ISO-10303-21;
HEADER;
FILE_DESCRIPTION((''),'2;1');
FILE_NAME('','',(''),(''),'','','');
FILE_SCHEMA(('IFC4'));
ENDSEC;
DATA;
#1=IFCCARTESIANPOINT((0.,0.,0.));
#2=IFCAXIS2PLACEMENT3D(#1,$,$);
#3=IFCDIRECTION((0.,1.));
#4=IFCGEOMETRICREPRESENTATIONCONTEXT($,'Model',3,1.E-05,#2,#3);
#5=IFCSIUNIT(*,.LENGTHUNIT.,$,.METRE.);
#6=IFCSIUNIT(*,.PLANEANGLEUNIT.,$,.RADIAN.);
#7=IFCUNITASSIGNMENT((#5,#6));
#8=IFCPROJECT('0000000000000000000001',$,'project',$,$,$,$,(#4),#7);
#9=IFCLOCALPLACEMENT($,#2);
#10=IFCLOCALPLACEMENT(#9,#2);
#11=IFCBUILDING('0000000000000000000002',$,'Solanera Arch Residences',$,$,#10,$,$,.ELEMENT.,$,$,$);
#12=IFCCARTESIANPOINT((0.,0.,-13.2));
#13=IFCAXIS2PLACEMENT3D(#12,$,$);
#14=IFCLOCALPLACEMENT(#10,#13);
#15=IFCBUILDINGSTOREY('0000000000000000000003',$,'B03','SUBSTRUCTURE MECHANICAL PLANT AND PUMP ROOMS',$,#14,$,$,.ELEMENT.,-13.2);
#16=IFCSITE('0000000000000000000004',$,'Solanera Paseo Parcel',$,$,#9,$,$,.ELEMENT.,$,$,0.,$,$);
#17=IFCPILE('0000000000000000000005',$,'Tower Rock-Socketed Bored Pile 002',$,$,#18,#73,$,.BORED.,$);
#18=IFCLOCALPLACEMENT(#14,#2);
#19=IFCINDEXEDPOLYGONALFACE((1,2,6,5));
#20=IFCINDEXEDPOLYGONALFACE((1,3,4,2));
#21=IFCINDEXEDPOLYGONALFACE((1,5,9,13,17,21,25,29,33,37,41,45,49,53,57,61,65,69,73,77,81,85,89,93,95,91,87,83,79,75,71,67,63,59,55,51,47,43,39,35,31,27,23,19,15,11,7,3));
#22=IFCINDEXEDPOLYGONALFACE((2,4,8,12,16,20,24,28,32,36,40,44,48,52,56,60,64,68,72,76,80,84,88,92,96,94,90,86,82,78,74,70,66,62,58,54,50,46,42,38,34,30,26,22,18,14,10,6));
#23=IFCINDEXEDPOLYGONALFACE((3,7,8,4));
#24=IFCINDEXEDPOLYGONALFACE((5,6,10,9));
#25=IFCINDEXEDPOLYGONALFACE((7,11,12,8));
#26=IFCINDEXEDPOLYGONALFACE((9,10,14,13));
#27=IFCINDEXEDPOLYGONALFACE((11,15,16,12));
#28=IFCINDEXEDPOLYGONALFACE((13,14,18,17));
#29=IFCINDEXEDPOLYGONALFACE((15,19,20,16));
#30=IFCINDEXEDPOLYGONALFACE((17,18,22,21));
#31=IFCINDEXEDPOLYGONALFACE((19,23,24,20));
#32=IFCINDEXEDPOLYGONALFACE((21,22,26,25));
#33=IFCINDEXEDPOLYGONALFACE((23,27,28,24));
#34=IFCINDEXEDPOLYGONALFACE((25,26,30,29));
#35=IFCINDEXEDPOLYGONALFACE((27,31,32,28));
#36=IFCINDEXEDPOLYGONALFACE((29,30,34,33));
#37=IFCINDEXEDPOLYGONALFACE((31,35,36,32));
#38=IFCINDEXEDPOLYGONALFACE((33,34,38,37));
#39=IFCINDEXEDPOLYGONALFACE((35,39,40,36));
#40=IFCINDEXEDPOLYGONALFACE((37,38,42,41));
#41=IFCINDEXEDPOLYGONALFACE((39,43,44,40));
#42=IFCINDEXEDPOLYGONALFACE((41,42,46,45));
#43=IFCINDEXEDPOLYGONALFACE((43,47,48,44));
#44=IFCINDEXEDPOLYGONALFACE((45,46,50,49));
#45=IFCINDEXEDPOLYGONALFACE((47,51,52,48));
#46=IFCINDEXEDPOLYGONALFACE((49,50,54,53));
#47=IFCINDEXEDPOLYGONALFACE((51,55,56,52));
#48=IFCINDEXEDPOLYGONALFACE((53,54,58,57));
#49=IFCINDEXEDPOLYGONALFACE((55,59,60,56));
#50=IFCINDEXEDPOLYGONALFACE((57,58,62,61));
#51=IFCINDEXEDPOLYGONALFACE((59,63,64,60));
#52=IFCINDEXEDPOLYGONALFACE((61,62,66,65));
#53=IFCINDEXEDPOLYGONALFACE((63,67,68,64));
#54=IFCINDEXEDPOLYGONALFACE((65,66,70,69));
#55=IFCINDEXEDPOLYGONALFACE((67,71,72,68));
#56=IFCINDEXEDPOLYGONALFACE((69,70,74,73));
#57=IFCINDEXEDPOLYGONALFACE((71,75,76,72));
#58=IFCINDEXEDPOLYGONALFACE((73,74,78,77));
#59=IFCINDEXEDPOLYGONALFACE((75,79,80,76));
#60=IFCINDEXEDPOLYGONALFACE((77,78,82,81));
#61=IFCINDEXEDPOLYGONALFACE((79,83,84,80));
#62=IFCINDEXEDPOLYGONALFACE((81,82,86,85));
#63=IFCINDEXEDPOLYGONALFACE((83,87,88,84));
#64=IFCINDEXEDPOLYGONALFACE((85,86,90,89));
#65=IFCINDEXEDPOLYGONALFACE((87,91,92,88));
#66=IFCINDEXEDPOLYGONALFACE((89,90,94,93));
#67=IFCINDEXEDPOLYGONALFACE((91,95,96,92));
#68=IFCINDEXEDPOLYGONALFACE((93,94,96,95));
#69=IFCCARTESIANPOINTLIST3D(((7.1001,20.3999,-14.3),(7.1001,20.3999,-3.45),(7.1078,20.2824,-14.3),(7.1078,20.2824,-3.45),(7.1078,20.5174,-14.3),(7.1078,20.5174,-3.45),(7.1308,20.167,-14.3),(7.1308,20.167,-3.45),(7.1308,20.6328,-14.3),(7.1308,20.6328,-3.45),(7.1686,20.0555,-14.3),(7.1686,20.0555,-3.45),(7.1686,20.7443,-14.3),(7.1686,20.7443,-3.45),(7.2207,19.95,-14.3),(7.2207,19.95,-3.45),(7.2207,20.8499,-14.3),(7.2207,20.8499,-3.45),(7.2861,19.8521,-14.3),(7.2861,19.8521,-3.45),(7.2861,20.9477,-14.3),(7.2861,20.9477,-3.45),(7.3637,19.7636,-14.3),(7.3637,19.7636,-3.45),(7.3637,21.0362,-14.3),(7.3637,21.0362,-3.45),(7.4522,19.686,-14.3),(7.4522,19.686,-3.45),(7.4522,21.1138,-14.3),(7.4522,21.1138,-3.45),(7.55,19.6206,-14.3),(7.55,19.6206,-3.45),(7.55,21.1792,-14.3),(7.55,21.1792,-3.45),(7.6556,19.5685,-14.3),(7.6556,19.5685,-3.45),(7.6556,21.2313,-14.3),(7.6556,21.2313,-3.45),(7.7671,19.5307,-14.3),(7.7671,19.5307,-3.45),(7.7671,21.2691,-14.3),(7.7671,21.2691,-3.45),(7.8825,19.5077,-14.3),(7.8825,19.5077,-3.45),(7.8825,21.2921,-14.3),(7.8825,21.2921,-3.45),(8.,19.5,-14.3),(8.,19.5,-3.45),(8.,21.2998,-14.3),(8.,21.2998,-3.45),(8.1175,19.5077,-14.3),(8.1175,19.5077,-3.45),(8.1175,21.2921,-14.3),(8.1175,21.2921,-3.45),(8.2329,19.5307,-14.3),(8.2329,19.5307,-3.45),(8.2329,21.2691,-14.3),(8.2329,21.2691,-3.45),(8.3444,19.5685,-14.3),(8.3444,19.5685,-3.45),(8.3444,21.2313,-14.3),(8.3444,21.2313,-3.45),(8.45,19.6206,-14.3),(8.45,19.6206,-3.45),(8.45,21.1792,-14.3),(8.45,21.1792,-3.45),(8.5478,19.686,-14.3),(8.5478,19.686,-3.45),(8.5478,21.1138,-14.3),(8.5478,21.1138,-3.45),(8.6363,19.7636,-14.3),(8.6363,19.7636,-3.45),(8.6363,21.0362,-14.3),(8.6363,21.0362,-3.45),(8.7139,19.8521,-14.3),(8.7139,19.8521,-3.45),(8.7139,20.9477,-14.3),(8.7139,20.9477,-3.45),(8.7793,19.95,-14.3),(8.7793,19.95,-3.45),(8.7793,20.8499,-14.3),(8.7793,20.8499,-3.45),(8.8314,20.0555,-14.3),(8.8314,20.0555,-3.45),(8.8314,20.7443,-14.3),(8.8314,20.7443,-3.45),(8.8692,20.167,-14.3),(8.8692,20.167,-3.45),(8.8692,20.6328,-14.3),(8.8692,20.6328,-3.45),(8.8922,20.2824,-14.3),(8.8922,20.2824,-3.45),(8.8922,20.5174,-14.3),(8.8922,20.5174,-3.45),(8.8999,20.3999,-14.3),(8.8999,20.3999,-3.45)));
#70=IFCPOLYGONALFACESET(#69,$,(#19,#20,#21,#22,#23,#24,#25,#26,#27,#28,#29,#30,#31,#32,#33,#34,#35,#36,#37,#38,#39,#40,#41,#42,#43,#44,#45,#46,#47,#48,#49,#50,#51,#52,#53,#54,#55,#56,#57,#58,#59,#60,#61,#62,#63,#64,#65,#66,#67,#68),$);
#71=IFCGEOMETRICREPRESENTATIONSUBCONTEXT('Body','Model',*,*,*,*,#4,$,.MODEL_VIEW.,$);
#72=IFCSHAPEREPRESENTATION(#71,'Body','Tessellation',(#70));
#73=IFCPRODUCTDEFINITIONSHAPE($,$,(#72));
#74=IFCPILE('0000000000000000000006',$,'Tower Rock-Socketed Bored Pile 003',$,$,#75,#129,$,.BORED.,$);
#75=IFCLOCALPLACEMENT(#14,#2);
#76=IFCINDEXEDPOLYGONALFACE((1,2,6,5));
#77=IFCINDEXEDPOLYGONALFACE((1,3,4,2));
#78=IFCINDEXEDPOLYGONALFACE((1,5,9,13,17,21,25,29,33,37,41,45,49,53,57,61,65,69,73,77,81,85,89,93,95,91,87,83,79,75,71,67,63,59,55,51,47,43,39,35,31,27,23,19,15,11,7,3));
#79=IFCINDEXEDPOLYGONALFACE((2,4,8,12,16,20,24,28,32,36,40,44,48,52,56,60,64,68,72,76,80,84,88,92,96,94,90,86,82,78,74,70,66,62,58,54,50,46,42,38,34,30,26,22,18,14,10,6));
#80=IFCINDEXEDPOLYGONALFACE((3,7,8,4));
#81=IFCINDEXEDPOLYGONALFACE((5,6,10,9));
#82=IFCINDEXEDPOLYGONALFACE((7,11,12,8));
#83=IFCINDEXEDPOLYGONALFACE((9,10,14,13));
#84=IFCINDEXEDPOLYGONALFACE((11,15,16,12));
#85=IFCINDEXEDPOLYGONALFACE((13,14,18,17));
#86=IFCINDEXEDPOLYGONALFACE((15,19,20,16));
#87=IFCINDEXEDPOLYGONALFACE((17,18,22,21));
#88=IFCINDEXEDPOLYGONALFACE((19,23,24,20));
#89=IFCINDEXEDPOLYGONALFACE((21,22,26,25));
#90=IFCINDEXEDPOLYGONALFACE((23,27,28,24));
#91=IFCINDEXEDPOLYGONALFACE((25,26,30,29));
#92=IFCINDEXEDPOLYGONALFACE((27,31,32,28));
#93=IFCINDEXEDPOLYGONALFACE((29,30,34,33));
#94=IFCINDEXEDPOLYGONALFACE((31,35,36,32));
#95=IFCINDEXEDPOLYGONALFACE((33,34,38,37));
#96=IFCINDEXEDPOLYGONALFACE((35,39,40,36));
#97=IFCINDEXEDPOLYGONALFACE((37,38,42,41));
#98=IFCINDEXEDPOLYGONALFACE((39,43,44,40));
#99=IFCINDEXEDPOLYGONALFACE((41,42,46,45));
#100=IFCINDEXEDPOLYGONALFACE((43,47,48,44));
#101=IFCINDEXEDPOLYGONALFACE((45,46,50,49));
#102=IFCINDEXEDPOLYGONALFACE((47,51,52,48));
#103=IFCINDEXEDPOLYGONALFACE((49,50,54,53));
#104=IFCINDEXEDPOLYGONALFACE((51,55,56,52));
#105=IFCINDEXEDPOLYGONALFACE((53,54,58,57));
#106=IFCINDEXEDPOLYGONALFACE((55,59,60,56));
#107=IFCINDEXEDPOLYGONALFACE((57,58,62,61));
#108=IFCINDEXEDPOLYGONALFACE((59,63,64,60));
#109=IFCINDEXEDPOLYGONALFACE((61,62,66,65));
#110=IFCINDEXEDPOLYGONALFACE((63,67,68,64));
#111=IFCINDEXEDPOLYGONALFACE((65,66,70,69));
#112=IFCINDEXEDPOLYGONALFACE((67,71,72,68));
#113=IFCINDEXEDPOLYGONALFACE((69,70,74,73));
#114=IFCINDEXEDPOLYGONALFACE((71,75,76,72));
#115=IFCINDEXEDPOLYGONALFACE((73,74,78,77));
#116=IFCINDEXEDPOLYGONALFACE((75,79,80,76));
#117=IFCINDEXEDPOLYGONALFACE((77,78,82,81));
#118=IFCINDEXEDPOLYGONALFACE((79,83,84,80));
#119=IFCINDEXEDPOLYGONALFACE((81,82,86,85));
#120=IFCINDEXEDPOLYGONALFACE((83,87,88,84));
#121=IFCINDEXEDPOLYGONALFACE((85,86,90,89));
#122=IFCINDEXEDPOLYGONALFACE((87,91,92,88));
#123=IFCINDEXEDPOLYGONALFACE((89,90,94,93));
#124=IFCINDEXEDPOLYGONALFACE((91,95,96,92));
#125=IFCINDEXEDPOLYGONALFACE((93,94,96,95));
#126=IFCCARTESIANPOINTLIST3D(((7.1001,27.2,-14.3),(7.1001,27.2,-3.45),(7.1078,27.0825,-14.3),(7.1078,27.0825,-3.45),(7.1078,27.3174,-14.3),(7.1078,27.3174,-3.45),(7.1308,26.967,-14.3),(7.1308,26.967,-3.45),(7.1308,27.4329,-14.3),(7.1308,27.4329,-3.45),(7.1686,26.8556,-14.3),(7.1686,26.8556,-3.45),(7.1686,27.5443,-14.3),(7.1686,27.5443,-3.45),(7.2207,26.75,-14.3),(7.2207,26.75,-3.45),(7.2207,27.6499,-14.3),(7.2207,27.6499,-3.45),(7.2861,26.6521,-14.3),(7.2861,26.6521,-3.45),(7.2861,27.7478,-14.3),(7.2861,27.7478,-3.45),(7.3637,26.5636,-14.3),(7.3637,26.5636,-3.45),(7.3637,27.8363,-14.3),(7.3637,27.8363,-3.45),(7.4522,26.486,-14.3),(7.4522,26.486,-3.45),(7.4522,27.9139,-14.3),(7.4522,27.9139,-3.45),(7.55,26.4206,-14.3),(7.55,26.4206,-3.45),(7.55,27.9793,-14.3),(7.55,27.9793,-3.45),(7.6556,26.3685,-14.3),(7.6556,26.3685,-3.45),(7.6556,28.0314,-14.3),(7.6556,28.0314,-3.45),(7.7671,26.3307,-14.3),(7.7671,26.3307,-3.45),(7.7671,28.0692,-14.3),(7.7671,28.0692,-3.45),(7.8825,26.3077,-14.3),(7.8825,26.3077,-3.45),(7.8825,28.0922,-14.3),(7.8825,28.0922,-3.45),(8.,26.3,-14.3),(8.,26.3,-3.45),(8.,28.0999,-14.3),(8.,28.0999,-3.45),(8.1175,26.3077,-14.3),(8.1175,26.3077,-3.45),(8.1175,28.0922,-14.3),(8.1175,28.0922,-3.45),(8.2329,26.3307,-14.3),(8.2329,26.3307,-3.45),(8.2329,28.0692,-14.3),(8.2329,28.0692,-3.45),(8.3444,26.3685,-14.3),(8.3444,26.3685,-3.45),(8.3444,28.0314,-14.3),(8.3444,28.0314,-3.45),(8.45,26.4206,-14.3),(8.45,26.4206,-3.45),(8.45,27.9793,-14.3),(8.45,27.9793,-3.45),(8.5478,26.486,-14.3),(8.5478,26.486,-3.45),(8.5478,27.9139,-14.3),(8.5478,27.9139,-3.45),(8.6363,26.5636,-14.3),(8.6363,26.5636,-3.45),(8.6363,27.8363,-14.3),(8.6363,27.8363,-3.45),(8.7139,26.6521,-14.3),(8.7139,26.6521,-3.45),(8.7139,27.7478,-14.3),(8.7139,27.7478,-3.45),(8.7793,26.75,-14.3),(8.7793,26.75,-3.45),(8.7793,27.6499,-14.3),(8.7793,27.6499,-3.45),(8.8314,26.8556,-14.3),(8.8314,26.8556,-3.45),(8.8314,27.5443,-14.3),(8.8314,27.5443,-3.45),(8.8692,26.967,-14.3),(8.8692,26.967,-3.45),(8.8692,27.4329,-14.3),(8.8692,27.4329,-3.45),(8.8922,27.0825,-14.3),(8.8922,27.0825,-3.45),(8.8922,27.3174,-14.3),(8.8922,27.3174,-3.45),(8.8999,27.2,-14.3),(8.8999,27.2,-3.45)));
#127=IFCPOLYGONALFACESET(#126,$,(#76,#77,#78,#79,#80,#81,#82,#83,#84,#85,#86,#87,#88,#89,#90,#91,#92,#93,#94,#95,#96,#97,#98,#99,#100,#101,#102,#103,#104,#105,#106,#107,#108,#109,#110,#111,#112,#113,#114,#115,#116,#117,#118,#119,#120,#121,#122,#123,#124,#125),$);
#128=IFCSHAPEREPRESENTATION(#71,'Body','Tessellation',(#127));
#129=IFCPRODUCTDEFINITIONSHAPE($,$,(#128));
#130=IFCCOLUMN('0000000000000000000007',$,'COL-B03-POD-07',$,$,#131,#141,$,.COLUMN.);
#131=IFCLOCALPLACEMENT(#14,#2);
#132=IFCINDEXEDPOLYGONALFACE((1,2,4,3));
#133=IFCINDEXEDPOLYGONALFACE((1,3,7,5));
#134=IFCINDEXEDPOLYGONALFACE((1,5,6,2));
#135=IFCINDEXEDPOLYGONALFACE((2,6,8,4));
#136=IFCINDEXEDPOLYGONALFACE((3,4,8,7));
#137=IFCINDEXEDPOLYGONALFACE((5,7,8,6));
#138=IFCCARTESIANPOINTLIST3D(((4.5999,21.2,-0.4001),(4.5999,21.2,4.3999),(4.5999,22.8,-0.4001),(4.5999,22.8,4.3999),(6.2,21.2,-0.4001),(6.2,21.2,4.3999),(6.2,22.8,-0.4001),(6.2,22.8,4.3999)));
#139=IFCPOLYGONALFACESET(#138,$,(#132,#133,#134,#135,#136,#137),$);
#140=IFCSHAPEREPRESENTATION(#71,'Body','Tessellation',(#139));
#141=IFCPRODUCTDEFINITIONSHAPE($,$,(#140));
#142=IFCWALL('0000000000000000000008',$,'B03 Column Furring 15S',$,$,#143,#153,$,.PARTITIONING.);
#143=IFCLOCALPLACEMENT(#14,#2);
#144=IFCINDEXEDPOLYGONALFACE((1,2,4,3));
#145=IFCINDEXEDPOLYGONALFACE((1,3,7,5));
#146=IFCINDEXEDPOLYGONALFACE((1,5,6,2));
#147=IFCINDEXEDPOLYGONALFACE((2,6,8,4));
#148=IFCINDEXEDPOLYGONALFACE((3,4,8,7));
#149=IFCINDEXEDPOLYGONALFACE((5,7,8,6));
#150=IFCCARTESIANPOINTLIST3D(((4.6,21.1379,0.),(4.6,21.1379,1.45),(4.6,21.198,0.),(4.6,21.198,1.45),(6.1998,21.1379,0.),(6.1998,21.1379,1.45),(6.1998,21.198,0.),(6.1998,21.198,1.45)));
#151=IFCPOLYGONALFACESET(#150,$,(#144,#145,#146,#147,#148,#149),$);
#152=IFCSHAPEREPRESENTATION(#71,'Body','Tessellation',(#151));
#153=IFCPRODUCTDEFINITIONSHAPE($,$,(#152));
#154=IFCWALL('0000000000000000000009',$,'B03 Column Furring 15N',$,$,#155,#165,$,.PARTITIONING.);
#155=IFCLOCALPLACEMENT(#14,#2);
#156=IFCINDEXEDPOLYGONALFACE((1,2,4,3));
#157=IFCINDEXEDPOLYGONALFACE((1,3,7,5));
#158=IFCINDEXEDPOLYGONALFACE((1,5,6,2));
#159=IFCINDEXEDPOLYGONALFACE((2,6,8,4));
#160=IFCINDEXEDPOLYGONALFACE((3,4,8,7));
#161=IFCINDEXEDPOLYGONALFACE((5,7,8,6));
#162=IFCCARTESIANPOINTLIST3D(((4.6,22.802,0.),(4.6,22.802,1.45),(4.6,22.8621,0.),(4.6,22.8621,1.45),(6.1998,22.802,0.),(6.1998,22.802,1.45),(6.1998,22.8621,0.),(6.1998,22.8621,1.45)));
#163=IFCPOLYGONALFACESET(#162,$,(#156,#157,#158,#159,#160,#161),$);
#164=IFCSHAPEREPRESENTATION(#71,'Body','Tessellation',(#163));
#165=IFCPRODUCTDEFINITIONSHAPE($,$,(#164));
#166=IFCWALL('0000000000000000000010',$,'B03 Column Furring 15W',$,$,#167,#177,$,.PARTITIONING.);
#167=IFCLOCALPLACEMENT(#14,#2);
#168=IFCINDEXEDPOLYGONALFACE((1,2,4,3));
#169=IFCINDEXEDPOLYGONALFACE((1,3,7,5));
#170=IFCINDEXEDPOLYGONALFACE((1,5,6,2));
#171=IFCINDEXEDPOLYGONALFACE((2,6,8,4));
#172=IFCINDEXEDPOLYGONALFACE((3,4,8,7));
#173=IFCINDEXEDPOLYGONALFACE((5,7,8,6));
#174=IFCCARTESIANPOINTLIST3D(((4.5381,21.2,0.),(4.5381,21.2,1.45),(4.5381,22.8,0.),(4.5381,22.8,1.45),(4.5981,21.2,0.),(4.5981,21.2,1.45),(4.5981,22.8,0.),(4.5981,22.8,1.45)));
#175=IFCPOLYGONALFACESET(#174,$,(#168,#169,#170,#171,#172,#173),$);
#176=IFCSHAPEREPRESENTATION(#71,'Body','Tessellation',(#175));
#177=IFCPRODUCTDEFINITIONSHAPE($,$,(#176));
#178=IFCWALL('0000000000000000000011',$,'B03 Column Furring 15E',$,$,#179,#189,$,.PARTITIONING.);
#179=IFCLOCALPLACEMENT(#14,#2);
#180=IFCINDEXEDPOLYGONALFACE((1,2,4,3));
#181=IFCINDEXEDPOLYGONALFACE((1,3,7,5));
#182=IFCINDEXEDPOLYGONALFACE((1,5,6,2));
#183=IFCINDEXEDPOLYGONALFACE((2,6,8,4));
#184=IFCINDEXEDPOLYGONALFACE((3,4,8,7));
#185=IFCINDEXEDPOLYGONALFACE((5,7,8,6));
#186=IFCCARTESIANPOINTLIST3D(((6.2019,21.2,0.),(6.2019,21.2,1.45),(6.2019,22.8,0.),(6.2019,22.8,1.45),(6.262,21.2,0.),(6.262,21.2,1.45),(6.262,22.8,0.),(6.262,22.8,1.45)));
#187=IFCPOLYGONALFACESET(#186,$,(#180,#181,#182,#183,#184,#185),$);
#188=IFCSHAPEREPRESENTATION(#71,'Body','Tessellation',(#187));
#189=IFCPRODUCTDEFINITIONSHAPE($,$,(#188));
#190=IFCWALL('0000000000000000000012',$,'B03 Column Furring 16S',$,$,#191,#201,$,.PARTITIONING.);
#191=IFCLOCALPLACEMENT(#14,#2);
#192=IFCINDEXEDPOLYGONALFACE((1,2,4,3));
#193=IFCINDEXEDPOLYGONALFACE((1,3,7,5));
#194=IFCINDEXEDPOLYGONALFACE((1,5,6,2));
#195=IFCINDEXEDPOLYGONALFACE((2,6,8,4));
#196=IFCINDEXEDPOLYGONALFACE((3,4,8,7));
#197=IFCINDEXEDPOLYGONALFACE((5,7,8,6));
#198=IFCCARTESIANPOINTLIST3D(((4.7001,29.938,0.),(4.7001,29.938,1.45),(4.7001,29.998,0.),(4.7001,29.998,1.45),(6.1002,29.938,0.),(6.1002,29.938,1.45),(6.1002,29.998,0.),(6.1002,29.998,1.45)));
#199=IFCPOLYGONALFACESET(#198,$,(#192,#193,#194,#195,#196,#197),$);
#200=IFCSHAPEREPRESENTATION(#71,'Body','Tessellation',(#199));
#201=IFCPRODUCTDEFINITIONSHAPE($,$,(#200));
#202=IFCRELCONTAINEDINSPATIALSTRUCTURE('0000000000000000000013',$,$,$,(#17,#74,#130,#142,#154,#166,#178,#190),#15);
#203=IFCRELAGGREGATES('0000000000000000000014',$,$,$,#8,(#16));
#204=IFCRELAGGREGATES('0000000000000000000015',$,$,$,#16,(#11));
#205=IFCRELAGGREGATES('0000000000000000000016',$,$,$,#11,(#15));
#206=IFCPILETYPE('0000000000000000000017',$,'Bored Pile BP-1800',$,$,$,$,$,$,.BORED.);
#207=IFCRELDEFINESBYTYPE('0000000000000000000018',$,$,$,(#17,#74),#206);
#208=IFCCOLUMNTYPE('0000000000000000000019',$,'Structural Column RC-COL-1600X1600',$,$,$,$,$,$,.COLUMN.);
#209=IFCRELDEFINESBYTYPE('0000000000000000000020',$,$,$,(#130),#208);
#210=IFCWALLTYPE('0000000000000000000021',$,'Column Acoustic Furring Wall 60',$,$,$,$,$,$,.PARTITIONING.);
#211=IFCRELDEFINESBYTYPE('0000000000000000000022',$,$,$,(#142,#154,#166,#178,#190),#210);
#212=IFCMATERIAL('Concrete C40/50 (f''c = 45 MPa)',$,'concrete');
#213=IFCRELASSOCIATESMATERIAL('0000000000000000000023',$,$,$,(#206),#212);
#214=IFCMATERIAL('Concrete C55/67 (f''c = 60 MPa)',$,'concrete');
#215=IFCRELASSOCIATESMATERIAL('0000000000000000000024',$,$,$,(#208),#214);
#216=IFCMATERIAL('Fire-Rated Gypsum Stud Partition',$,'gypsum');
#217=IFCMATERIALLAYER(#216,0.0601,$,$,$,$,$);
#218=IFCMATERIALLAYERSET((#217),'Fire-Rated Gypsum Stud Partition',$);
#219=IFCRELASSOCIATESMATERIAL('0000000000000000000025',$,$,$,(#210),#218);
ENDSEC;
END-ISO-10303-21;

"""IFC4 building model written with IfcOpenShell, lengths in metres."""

from ifc_helpers import new_model, si_unit, direction, frame, frame_2d, origin, origin_2d, place, context, subcontext, project, spatial, rectangle, circle, extrude, material, layer, layer_set, material_profile, profile_set, type_object, element, save


model = new_model("IFC4")

# Units and contexts
model_context = context("Model", 3, precision=1e-05, world=origin(), true_north=direction((0.0, 1.0)))
body_context = subcontext(model_context, "Body", "Model", "MODEL_VIEW")
ifc_project = project(units=[si_unit("LENGTHUNIT", "METRE"), si_unit("PLANEANGLEUNIT", "RADIAN")], contexts=[model_context])

# Site, building, storey
site_placement = place(None, origin())
site = spatial("IfcSite", under=ifc_project, at=site_placement, Name="Solanera Paseo Parcel", CompositionType="ELEMENT", RefElevation=0.0)
building_placement = place(site_placement, origin())
building = spatial("IfcBuilding", under=site, at=building_placement, Name="Solanera Arch Residences", CompositionType="ELEMENT")
storey_placement = place(building_placement, frame((0.0, 0.0, -13.2)))
storey = spatial("IfcBuildingStorey", under=building, at=storey_placement, Name="B03", Description="SUBSTRUCTURE MECHANICAL PLANT AND PUMP ROOMS", CompositionType="ELEMENT", Elevation=-13.2)

# Piles
ifc_material_1 = material(Name="Concrete C40/50 (f'c = 45 MPa)", Category="concrete")
ifc_material_profile_1 = material_profile(ifc_material_1, circle(Radius=0.8999, at=origin_2d()))
ifc_profile_set_1 = profile_set([ifc_material_profile_1], Name="Concrete C40/50 (f'c = 45 MPa)")
pile_type = type_object("IfcPileType", Name="Bored Pile BP-1800", PredefinedType="BORED", material=ifc_profile_set_1)
for number, where, z_axis, x_axis, name in (
    (1, (8.0, 20.3999, -3.45), (0.0, 0.0, -1.0), (1.0, 0.0, 0.0), "Tower Rock-Socketed Bored Pile 002"),
    (2, (8.0, 27.2, -3.45), (0.0, 0.0, -1.0), (1.0, 0.0, 0.0), "Tower Rock-Socketed Bored Pile 003"),
):
    element("IfcPile", number, at=place(storey_placement, frame(where, z_axis=z_axis, x_axis=x_axis)), inside=storey, type_object=pile_type, Name=name, PredefinedType="BORED", context=body_context, shape_type="SweptSolid", body=[
        extrude(circle(Radius=0.8999, at=origin_2d()), origin(), (0.0, 0.0, 1.0), 10.8501),
    ])

# Column
ifc_material_2 = material(Name="Concrete C55/67 (f'c = 60 MPa)", Category="concrete")
ifc_material_profile_2 = material_profile(ifc_material_2, rectangle(XDim=1.6001, YDim=1.6001, at=origin_2d()))
ifc_profile_set_2 = profile_set([ifc_material_profile_2], Name="Concrete C55/67 (f'c = 60 MPa)")
column_type = type_object("IfcColumnType", Name="Structural Column RC-COL-1600X1600", PredefinedType="COLUMN", material=ifc_profile_set_2)
column_placement = place(storey_placement, frame((5.3999, 22.0, -0.4001), z_axis=(0.0, 0.0, 1.0), x_axis=(1.0, 0.0, 0.0)))
element("IfcColumn", 3, at=column_placement, inside=storey, type_object=column_type, Name="COL-B03-POD-07", PredefinedType="COLUMN", context=body_context, shape_type="SweptSolid", body=[
    extrude(rectangle(XDim=1.6001, YDim=1.6001, at=origin_2d()), origin(), (0.0, 0.0, 1.0), 4.8),
])

# Walls
ifc_material_3 = material(Name="Fire-Rated Gypsum Stud Partition", Category="gypsum")
ifc_layer_1 = layer(ifc_material_3, 0.0601)
ifc_layer_set_1 = layer_set([ifc_layer_1], Name="Fire-Rated Gypsum Stud Partition")
wall_type_1 = type_object("IfcWallType", Name="Column Acoustic Furring Wall 60", PredefinedType="PARTITIONING", material=ifc_layer_set_1)
for number, where, z_axis, x_axis, name in (
    (4, (4.6001, 21.168, 0.0), (0.0, 0.0, 1.0), (1.0, 0.0, 0.0), "B03 Column Furring 15S"),
    (5, (4.6001, 22.832, 0.0), (0.0, 0.0, 1.0), (1.0, 0.0, 0.0), "B03 Column Furring 15N"),
):
    element("IfcWall", number, at=place(storey_placement, frame(where, z_axis=z_axis, x_axis=x_axis)), inside=storey, type_object=wall_type_1, Name=name, PredefinedType="PARTITIONING", context=body_context, shape_type="SweptSolid", body=[
        extrude(rectangle(XDim=1.5999, YDim=0.0601, at=frame_2d((0.7998, 0.0))), origin(), (0.0, 0.0, 1.0), 1.45),
    ])
for number, where, z_axis, x_axis, name in (
    (6, (4.5681, 21.2, 0.0), (0.0, 0.0, 1.0), (0.0, 1.0, 0.0), "B03 Column Furring 15W"),
    (7, (6.2319, 21.2, 0.0), (0.0, 0.0, 1.0), (0.0, 1.0, 0.0), "B03 Column Furring 15E"),
):
    element("IfcWall", number, at=place(storey_placement, frame(where, z_axis=z_axis, x_axis=x_axis)), inside=storey, type_object=wall_type_1, Name=name, PredefinedType="PARTITIONING", context=body_context, shape_type="SweptSolid", body=[
        extrude(rectangle(XDim=1.6001, YDim=0.0601, at=frame_2d((0.8, 0.0))), origin(), (0.0, 0.0, 1.0), 1.45),
    ])
wall_1_placement = place(storey_placement, frame((4.7, 29.968, 0.0), z_axis=(0.0, 0.0, 1.0), x_axis=(1.0, 0.0, 0.0)))
element("IfcWall", 8, at=wall_1_placement, inside=storey, type_object=wall_type_1, Name="B03 Column Furring 16S", PredefinedType="PARTITIONING", context=body_context, shape_type="SweptSolid", body=[
    extrude(rectangle(XDim=1.4001, YDim=0.0601, at=frame_2d((0.7002, 0.0))), origin(), (0.0, 0.0, 1.0), 1.45),
])

save(model, "model.ifc")
